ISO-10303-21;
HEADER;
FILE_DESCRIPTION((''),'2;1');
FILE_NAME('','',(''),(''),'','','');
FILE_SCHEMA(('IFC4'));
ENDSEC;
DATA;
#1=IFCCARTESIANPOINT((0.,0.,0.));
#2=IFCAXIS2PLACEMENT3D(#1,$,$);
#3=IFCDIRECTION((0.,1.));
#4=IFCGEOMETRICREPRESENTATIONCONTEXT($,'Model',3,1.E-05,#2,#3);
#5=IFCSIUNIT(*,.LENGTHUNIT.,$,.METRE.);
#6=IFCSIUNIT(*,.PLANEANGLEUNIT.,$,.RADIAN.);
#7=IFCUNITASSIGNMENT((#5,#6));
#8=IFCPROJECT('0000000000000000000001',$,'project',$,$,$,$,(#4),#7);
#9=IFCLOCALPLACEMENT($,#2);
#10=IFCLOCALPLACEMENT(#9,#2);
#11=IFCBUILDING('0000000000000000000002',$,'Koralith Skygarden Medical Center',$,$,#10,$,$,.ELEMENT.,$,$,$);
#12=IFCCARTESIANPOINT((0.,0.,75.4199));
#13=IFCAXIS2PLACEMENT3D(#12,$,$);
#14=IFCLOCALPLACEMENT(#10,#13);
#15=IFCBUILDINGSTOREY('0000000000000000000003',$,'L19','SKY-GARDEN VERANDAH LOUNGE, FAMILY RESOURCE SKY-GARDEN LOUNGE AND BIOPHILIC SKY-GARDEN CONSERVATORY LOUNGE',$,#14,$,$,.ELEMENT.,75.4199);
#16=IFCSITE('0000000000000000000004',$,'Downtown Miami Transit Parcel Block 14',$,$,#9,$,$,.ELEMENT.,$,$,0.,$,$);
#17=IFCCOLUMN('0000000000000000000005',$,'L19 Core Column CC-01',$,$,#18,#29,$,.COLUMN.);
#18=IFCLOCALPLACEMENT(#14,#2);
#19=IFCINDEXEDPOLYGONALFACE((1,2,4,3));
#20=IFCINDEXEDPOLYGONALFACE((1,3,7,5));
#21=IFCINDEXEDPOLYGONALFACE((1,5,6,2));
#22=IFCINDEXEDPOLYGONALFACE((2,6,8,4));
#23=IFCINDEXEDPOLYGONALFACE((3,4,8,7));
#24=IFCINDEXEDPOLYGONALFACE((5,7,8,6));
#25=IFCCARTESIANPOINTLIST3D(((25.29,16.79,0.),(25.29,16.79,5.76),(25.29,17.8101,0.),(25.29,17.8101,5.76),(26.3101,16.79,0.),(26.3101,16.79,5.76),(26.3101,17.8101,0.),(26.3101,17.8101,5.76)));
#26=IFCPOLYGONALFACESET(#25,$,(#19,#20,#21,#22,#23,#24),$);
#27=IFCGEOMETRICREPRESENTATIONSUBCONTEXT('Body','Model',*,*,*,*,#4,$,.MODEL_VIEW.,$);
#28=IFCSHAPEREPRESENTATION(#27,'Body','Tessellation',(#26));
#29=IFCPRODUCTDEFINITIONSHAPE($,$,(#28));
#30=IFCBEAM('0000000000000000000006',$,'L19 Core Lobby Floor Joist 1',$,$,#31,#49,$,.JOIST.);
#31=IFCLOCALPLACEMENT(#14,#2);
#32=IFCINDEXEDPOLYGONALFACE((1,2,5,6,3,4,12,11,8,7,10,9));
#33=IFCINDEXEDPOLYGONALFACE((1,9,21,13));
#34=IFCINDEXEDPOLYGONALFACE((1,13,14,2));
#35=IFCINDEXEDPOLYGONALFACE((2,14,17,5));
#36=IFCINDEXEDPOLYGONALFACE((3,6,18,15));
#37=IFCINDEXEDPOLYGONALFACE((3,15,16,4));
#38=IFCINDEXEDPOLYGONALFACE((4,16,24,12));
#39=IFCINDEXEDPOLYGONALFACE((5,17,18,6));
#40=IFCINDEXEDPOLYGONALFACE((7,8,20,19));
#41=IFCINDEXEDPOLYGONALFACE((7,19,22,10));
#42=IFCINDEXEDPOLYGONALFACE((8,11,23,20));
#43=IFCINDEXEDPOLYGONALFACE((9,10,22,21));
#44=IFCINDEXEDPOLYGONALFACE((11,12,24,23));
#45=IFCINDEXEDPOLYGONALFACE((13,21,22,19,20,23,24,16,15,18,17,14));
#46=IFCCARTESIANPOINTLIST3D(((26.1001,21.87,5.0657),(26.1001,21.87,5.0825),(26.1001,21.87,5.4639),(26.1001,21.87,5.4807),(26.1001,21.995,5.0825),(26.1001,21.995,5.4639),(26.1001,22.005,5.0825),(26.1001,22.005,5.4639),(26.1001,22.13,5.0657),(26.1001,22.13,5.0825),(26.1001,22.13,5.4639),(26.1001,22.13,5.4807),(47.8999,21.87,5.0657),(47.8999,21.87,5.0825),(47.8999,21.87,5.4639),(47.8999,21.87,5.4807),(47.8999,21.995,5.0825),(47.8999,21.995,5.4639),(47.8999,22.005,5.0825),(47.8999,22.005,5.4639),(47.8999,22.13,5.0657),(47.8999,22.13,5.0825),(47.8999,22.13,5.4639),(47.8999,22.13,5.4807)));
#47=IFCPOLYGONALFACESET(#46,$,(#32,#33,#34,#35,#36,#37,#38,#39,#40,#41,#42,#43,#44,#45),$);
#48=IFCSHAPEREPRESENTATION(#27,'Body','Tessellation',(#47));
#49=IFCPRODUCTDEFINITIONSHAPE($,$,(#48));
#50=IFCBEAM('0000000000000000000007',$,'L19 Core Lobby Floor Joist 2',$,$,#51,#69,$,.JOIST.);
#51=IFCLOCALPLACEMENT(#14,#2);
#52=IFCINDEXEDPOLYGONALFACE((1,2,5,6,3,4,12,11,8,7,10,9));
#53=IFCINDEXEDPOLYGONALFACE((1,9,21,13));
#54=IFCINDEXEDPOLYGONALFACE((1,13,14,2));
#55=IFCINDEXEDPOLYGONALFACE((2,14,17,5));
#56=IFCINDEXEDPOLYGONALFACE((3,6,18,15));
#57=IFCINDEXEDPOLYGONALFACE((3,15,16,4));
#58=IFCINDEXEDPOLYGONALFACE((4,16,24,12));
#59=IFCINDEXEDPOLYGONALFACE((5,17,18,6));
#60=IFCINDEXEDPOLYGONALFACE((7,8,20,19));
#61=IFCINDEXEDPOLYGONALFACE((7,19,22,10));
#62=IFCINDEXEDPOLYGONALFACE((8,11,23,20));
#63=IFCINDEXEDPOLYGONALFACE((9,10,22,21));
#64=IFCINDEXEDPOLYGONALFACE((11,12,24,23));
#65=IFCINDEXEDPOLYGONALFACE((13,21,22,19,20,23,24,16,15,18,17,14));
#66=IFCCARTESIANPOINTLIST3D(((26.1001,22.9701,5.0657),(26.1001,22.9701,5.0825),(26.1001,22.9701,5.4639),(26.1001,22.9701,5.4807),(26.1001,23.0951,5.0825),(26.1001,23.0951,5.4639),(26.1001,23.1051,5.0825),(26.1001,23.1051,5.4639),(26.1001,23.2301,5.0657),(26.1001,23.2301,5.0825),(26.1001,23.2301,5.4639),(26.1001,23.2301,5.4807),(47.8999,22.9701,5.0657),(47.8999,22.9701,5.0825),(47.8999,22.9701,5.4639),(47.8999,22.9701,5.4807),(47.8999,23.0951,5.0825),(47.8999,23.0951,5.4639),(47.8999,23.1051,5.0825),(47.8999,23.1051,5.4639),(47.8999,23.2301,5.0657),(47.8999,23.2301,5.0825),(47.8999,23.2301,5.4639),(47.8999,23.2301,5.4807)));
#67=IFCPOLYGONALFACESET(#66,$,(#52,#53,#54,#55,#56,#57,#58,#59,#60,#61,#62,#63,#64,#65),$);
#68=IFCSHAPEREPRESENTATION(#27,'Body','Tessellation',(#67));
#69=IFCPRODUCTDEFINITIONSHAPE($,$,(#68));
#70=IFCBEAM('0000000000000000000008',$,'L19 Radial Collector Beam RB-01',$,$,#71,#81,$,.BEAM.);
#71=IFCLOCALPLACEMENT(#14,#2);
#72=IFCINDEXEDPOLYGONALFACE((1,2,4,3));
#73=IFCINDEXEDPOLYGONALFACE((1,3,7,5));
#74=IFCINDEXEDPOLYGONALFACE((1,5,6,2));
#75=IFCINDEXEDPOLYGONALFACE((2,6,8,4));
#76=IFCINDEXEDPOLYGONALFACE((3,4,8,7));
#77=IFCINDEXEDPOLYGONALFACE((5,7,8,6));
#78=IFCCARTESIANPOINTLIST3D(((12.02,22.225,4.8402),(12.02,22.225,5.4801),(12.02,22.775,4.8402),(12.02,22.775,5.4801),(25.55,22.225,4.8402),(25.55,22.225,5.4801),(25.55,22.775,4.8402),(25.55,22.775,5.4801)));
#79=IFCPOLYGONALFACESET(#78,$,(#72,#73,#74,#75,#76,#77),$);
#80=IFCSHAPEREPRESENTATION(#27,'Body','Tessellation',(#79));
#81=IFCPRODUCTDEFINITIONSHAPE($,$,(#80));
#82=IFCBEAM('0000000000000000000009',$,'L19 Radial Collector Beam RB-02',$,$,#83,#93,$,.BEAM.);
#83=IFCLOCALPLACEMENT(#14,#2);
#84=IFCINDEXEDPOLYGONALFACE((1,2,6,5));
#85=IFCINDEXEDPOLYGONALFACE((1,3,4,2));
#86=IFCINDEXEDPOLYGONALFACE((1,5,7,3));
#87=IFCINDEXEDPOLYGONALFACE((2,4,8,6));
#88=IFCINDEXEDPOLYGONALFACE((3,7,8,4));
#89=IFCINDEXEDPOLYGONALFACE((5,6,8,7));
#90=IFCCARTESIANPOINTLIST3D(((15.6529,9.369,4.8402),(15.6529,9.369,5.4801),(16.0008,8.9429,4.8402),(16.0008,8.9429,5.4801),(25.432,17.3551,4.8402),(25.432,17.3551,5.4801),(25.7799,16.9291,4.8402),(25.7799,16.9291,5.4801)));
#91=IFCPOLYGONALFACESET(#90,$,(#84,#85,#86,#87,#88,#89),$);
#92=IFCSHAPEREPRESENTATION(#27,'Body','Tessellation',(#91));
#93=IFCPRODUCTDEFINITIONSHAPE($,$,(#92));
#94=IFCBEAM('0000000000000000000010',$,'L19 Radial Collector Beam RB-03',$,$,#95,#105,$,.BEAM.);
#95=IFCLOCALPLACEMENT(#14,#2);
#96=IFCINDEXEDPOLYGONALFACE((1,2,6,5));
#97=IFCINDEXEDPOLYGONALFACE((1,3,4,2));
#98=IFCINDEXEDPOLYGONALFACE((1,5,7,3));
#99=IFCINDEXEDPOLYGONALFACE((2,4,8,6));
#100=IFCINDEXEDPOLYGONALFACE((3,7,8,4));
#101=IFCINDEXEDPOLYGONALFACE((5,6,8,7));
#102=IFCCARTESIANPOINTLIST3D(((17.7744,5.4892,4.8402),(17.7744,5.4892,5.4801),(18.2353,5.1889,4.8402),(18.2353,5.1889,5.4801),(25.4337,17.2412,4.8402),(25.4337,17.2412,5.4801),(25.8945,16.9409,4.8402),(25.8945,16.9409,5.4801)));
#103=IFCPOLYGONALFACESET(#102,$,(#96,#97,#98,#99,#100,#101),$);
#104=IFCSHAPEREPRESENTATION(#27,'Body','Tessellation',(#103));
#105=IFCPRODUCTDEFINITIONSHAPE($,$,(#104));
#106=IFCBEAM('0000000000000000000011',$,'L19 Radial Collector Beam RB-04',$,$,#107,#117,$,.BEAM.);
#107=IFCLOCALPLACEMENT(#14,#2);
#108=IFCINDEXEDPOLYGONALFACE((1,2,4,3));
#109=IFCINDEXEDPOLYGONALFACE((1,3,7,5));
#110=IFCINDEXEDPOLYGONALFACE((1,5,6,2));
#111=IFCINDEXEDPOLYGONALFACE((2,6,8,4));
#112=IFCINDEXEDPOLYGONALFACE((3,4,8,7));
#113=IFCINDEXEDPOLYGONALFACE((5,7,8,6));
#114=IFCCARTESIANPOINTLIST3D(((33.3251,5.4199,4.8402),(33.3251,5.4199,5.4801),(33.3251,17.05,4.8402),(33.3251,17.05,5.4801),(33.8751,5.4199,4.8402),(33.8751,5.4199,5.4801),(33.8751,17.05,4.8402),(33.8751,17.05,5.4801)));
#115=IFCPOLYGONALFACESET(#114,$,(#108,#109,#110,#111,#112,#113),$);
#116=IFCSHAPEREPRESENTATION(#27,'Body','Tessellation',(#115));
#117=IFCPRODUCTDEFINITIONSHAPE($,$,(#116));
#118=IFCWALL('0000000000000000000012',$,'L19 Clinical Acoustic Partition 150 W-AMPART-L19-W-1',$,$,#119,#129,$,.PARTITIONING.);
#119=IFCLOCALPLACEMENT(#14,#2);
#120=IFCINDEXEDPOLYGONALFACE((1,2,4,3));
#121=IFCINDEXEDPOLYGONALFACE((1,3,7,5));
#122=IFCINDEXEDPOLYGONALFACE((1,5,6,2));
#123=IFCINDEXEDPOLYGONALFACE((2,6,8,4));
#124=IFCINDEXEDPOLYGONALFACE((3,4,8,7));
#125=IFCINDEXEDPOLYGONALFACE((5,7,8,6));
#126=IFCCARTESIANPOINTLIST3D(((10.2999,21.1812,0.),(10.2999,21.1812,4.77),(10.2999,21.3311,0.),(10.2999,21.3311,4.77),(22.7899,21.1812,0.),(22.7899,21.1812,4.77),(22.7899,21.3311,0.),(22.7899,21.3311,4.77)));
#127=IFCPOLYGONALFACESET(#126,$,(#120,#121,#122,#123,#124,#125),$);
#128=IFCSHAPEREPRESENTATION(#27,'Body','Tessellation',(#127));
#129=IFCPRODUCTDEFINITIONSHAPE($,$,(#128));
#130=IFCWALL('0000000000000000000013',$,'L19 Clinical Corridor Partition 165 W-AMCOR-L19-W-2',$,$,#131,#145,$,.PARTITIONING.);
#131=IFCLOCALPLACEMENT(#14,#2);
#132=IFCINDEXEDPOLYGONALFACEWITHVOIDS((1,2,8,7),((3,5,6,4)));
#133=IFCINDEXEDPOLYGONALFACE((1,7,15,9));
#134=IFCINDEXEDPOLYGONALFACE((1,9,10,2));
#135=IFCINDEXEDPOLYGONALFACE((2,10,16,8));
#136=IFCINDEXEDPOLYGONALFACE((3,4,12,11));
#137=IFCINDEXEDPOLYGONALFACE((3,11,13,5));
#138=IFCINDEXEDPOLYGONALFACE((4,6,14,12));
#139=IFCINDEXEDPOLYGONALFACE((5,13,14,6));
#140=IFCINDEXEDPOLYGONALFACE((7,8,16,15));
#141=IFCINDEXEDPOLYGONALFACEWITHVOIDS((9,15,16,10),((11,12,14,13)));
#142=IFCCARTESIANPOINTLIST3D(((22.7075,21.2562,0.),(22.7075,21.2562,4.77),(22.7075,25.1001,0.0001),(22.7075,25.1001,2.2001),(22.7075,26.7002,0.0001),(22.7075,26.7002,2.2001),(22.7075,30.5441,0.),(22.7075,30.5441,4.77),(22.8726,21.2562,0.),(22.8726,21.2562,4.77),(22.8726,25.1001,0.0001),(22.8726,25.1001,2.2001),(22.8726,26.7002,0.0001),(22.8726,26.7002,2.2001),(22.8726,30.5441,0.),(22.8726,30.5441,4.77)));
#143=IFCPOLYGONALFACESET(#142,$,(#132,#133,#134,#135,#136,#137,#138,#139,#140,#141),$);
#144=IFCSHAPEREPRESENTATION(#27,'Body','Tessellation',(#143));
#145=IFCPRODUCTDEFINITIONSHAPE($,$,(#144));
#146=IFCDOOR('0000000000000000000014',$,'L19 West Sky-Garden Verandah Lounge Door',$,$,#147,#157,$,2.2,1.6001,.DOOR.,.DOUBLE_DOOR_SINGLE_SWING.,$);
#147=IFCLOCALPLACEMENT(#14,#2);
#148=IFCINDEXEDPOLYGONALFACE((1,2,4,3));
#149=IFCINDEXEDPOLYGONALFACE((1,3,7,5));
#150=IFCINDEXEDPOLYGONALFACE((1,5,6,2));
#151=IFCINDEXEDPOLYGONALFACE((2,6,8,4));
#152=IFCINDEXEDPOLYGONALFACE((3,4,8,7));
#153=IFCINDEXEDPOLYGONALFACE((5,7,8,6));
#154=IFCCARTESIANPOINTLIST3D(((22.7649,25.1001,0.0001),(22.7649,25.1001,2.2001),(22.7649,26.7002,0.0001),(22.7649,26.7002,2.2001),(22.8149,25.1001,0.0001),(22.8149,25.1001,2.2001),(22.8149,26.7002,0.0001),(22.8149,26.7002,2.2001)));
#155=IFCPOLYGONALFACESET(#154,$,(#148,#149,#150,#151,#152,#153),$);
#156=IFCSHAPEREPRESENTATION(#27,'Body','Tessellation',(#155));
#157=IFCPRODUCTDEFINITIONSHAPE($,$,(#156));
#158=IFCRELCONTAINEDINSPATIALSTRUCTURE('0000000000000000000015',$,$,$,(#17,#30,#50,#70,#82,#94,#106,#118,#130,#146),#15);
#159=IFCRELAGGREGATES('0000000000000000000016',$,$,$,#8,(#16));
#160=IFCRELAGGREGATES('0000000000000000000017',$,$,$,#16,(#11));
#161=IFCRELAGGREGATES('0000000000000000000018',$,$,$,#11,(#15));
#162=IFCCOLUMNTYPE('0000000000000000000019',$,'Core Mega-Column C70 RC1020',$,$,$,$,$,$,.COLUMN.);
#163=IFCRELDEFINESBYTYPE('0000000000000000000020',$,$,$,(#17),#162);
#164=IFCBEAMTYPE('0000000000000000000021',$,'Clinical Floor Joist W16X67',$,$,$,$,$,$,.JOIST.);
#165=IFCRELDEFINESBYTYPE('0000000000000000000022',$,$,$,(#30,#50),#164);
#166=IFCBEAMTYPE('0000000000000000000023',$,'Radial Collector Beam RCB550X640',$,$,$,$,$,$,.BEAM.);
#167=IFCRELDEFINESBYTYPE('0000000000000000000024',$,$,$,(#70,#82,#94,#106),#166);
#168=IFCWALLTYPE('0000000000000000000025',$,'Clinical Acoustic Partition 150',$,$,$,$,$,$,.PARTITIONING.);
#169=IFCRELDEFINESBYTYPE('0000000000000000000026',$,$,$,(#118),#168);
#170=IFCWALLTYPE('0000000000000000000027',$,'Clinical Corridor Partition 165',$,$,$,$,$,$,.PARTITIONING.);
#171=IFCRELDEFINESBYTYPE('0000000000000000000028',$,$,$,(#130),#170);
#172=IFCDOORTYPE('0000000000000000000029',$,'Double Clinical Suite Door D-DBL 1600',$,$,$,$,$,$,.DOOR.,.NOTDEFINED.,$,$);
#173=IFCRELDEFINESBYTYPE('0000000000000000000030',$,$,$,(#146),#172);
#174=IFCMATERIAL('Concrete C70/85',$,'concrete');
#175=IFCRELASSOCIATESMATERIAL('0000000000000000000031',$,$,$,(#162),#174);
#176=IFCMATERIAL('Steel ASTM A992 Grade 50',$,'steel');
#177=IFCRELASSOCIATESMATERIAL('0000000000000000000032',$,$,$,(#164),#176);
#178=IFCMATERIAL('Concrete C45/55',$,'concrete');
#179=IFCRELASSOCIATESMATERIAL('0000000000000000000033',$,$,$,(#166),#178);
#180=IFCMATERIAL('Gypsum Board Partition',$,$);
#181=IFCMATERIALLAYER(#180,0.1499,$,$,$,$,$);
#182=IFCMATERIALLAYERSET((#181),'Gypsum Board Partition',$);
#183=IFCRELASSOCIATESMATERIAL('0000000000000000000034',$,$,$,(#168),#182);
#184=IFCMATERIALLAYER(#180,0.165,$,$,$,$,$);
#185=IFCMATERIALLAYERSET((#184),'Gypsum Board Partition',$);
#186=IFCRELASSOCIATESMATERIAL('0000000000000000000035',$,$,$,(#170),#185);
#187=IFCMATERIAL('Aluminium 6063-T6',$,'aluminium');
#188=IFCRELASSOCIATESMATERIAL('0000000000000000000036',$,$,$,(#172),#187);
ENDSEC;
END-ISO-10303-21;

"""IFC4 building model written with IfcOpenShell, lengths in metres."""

from ifc_helpers import new_model, si_unit, direction, frame, frame_2d, origin, origin_2d, place, context, subcontext, project, spatial, rectangle, i_section, extrude, material, layer, layer_set, material_profile, profile_set, type_object, element, fill, save


model = new_model("IFC4")

# Units and contexts
model_context = context("Model", 3, precision=1e-05, world=origin(), true_north=direction((0.0, 1.0)))
body_context = subcontext(model_context, "Body", "Model", "MODEL_VIEW")
ifc_project = project(units=[si_unit("LENGTHUNIT", "METRE"), si_unit("PLANEANGLEUNIT", "RADIAN")], contexts=[model_context])

# Site, building, storey
site_placement = place(None, origin())
site = spatial("IfcSite", under=ifc_project, at=site_placement, Name="Downtown Miami Transit Parcel Block 14", CompositionType="ELEMENT", RefElevation=0.0)
building_placement = place(site_placement, origin())
building = spatial("IfcBuilding", under=site, at=building_placement, Name="Koralith Skygarden Medical Center", CompositionType="ELEMENT")
storey_placement = place(building_placement, frame((0.0, 0.0, 75.4199)))
storey = spatial("IfcBuildingStorey", under=building, at=storey_placement, Name="L19", Description="SKY-GARDEN VERANDAH LOUNGE, FAMILY RESOURCE SKY-GARDEN LOUNGE AND BIOPHILIC SKY-GARDEN CONSERVATORY LOUNGE", CompositionType="ELEMENT", Elevation=75.4199)

# Column
ifc_material_1 = material(Name="Concrete C70/85", Category="concrete")
ifc_material_profile_1 = material_profile(ifc_material_1, rectangle(XDim=1.02, YDim=1.02, at=origin_2d()), Name="RC1020X1020")
ifc_profile_set_1 = profile_set([ifc_material_profile_1], Name="Concrete C70/85")
column_type = type_object("IfcColumnType", Name="Core Mega-Column C70 RC1020", PredefinedType="COLUMN", material=ifc_profile_set_1)
column_placement = place(storey_placement, frame((25.8, 17.3, 0.0), z_axis=(0.0, 0.0, 1.0), x_axis=(1.0, 0.0, 0.0)))
element("IfcColumn", 1, at=column_placement, inside=storey, type_object=column_type, Name="L19 Core Column CC-01", PredefinedType="COLUMN", context=body_context, shape_type="SweptSolid", body=[
    extrude(rectangle(XDim=1.02, YDim=1.02, at=origin_2d()), origin(), (0.0, 0.0, 1.0), 5.76),
])

# Beams
ifc_material_2 = material(Name="Steel ASTM A992 Grade 50", Category="steel")
ifc_material_profile_2 = material_profile(ifc_material_2, i_section(OverallWidth=0.26, OverallDepth=0.415, WebThickness=0.01, FlangeThickness=0.0168, at=origin_2d()), Name="W16X67")
ifc_profile_set_2 = profile_set([ifc_material_profile_2], Name="Steel ASTM A992 Grade 50")
beam_type_1 = type_object("IfcBeamType", Name="Clinical Floor Joist W16X67", PredefinedType="JOIST", material=ifc_profile_set_2)
for number, where, z_axis, x_axis, name in (
    (2, (26.1001, 22.0, 5.2732), (1.0, 0.0, 0.0), (0.0, 1.0, 0.0), "L19 Core Lobby Floor Joist 1"),
    (3, (26.1001, 23.1001, 5.2732), (1.0, 0.0, 0.0), (0.0, 1.0, 0.0), "L19 Core Lobby Floor Joist 2"),
):
    element("IfcBeam", number, at=place(storey_placement, frame(where, z_axis=z_axis, x_axis=x_axis)), inside=storey, type_object=beam_type_1, Name=name, PredefinedType="JOIST", context=body_context, shape_type="SweptSolid", body=[
        extrude(i_section(OverallWidth=0.26, OverallDepth=0.415, WebThickness=0.01, FlangeThickness=0.0168, at=origin_2d()), origin(), (0.0, 0.0, 1.0), 21.7998),
    ])
ifc_material_3 = material(Name="Concrete C45/55", Category="concrete")
ifc_material_profile_3 = material_profile(ifc_material_3, rectangle(XDim=0.55, YDim=0.6399, at=origin_2d()), Name="RCB550X640")
ifc_profile_set_3 = profile_set([ifc_material_profile_3], Name="Concrete C45/55")
beam_type_2 = type_object("IfcBeamType", Name="Radial Collector Beam RCB550X640", PredefinedType="BEAM", material=ifc_profile_set_3)
beam_1_placement = place(storey_placement, frame((25.55, 22.5, 5.1602), z_axis=(-1.0, 0.0, 0.0), x_axis=(0.0, -1.0, 0.0)))
element("IfcBeam", 4, at=beam_1_placement, inside=storey, type_object=beam_type_2, Name="L19 Radial Collector Beam RB-01", PredefinedType="BEAM", context=body_context, shape_type="SweptSolid", body=[
    extrude(rectangle(XDim=0.55, YDim=0.6399, at=origin_2d()), origin(), (0.0, 0.0, 1.0), 13.53),
])
beam_2_placement = place(storey_placement, frame((25.606, 17.1421, 5.1602), z_axis=(-0.774538, -0.632528, 0.0), x_axis=(0.632528, -0.774538, 0.0)))
element("IfcBeam", 5, at=beam_2_placement, inside=storey, type_object=beam_type_2, Name="L19 Radial Collector Beam RB-02", PredefinedType="BEAM", context=body_context, shape_type="SweptSolid", body=[
    extrude(rectangle(XDim=0.55, YDim=0.6399, at=origin_2d()), origin(), (0.0, 0.0, 1.0), 12.6257),
])
beam_3_placement = place(storey_placement, frame((25.6641, 17.0911, 5.1602), z_axis=(-0.546011, -0.837778, 0.0), x_axis=(0.837778, -0.546011, 0.0)))
element("IfcBeam", 6, at=beam_3_placement, inside=storey, type_object=beam_type_2, Name="L19 Radial Collector Beam RB-03", PredefinedType="BEAM", context=body_context, shape_type="SweptSolid", body=[
    extrude(rectangle(XDim=0.55, YDim=0.6399, at=origin_2d()), origin(), (0.0, 0.0, 1.0), 14.0276),
])
beam_4_placement = place(storey_placement, frame((33.6001, 17.05, 5.1602), z_axis=(0.0, -1.0, 0.0), x_axis=(1.0, 0.0, 0.0)))
element("IfcBeam", 7, at=beam_4_placement, inside=storey, type_object=beam_type_2, Name="L19 Radial Collector Beam RB-04", PredefinedType="BEAM", context=body_context, shape_type="SweptSolid", body=[
    extrude(rectangle(XDim=0.55, YDim=0.6399, at=origin_2d()), origin(), (0.0, 0.0, 1.0), 11.6301),
])

# Wall
ifc_material_4 = material(Name="Gypsum Board Partition")
ifc_layer_1 = layer(ifc_material_4, 0.1499)
ifc_layer_set_1 = layer_set([ifc_layer_1], Name="Gypsum Board Partition")
wall_type_1 = type_object("IfcWallType", Name="Clinical Acoustic Partition 150", PredefinedType="PARTITIONING", material=ifc_layer_set_1)
wall_1_placement = place(storey_placement, frame((22.79, 21.2561, 0.0), z_axis=(0.0, 0.0, 1.0), x_axis=(-1.0, 0.0, 0.0)))
element("IfcWall", 8, at=wall_1_placement, inside=storey, type_object=wall_type_1, Name="L19 Clinical Acoustic Partition 150 W-AMPART-L19-W-1", PredefinedType="PARTITIONING", context=body_context, shape_type="SweptSolid", body=[
    extrude(rectangle(XDim=12.49, YDim=0.1499, at=frame_2d((6.2451, 0.0))), origin(), (0.0, 0.0, 1.0), 4.77),
])

# Wall, opening, door
ifc_layer_2 = layer(ifc_material_4, 0.165)
ifc_layer_set_2 = layer_set([ifc_layer_2], Name="Gypsum Board Partition")
wall_type_2 = type_object("IfcWallType", Name="Clinical Corridor Partition 165", PredefinedType="PARTITIONING", material=ifc_layer_set_2)
wall_2_placement = place(storey_placement, frame((22.79, 21.2561, 0.0), z_axis=(0.0, 0.0, 1.0), x_axis=(0.0, 1.0, 0.0)))
wall_2 = element("IfcWall", 9, at=wall_2_placement, inside=storey, type_object=wall_type_2, Name="L19 Clinical Corridor Partition 165 W-AMCOR-L19-W-2", PredefinedType="PARTITIONING", context=body_context, shape_type="SweptSolid", body=[
    extrude(rectangle(XDim=9.2878, YDim=0.165, at=frame_2d((4.644, 0.0))), origin(), (0.0, 0.0, 1.0), 4.77),
])
opening_1_placement = place(wall_2_placement, frame((3.844, 0.0, 0.0)))
opening_1 = element("IfcOpeningElement", 10, at=opening_1_placement, cuts=wall_2, PredefinedType="OPENING", context=body_context, shape_type="SweptSolid", body=[
    extrude(rectangle(XDim=1.6001, YDim=2.2, at=frame_2d((0.8, 1.1001))), frame((0.0, 0.0925, 0.0), z_axis=(0.0, -1.0, 0.0), x_axis=(1.0, 0.0, 0.0)), (0.0, 0.0, 1.0), 0.1851),
])
ifc_material_5 = material(Name="Aluminium 6063-T6", Category="aluminium")
door_type_1 = type_object("IfcDoorType", Name="Double Clinical Suite Door D-DBL 1600", OperationType="NOTDEFINED", PredefinedType="DOOR", material=ifc_material_5)
door_1_placement = place(opening_1_placement, frame((1.6001, 0.0, 0.0), z_axis=(0.0, 0.0, 1.0), x_axis=(-1.0, 0.0, 0.0)))
door_1 = element("IfcDoor", 11, at=door_1_placement, inside=storey, type_object=door_type_1, Name="L19 West Sky-Garden Verandah Lounge Door", OperationType="DOUBLE_DOOR_SINGLE_SWING", OverallHeight=2.2, OverallWidth=1.6001, PredefinedType="DOOR", context=body_context, shape_type="SweptSolid", body=[
    extrude(rectangle(XDim=1.6001, YDim=2.2, at=frame_2d((0.8, 1.1001))), frame((0.0, 0.0249, 0.0), z_axis=(0.0, -1.0, 0.0), x_axis=(1.0, 0.0, 0.0)), (0.0, 0.0, 1.0), 0.05),
])
fill(opening_1, door_1)

save(model, "model.ifc")
